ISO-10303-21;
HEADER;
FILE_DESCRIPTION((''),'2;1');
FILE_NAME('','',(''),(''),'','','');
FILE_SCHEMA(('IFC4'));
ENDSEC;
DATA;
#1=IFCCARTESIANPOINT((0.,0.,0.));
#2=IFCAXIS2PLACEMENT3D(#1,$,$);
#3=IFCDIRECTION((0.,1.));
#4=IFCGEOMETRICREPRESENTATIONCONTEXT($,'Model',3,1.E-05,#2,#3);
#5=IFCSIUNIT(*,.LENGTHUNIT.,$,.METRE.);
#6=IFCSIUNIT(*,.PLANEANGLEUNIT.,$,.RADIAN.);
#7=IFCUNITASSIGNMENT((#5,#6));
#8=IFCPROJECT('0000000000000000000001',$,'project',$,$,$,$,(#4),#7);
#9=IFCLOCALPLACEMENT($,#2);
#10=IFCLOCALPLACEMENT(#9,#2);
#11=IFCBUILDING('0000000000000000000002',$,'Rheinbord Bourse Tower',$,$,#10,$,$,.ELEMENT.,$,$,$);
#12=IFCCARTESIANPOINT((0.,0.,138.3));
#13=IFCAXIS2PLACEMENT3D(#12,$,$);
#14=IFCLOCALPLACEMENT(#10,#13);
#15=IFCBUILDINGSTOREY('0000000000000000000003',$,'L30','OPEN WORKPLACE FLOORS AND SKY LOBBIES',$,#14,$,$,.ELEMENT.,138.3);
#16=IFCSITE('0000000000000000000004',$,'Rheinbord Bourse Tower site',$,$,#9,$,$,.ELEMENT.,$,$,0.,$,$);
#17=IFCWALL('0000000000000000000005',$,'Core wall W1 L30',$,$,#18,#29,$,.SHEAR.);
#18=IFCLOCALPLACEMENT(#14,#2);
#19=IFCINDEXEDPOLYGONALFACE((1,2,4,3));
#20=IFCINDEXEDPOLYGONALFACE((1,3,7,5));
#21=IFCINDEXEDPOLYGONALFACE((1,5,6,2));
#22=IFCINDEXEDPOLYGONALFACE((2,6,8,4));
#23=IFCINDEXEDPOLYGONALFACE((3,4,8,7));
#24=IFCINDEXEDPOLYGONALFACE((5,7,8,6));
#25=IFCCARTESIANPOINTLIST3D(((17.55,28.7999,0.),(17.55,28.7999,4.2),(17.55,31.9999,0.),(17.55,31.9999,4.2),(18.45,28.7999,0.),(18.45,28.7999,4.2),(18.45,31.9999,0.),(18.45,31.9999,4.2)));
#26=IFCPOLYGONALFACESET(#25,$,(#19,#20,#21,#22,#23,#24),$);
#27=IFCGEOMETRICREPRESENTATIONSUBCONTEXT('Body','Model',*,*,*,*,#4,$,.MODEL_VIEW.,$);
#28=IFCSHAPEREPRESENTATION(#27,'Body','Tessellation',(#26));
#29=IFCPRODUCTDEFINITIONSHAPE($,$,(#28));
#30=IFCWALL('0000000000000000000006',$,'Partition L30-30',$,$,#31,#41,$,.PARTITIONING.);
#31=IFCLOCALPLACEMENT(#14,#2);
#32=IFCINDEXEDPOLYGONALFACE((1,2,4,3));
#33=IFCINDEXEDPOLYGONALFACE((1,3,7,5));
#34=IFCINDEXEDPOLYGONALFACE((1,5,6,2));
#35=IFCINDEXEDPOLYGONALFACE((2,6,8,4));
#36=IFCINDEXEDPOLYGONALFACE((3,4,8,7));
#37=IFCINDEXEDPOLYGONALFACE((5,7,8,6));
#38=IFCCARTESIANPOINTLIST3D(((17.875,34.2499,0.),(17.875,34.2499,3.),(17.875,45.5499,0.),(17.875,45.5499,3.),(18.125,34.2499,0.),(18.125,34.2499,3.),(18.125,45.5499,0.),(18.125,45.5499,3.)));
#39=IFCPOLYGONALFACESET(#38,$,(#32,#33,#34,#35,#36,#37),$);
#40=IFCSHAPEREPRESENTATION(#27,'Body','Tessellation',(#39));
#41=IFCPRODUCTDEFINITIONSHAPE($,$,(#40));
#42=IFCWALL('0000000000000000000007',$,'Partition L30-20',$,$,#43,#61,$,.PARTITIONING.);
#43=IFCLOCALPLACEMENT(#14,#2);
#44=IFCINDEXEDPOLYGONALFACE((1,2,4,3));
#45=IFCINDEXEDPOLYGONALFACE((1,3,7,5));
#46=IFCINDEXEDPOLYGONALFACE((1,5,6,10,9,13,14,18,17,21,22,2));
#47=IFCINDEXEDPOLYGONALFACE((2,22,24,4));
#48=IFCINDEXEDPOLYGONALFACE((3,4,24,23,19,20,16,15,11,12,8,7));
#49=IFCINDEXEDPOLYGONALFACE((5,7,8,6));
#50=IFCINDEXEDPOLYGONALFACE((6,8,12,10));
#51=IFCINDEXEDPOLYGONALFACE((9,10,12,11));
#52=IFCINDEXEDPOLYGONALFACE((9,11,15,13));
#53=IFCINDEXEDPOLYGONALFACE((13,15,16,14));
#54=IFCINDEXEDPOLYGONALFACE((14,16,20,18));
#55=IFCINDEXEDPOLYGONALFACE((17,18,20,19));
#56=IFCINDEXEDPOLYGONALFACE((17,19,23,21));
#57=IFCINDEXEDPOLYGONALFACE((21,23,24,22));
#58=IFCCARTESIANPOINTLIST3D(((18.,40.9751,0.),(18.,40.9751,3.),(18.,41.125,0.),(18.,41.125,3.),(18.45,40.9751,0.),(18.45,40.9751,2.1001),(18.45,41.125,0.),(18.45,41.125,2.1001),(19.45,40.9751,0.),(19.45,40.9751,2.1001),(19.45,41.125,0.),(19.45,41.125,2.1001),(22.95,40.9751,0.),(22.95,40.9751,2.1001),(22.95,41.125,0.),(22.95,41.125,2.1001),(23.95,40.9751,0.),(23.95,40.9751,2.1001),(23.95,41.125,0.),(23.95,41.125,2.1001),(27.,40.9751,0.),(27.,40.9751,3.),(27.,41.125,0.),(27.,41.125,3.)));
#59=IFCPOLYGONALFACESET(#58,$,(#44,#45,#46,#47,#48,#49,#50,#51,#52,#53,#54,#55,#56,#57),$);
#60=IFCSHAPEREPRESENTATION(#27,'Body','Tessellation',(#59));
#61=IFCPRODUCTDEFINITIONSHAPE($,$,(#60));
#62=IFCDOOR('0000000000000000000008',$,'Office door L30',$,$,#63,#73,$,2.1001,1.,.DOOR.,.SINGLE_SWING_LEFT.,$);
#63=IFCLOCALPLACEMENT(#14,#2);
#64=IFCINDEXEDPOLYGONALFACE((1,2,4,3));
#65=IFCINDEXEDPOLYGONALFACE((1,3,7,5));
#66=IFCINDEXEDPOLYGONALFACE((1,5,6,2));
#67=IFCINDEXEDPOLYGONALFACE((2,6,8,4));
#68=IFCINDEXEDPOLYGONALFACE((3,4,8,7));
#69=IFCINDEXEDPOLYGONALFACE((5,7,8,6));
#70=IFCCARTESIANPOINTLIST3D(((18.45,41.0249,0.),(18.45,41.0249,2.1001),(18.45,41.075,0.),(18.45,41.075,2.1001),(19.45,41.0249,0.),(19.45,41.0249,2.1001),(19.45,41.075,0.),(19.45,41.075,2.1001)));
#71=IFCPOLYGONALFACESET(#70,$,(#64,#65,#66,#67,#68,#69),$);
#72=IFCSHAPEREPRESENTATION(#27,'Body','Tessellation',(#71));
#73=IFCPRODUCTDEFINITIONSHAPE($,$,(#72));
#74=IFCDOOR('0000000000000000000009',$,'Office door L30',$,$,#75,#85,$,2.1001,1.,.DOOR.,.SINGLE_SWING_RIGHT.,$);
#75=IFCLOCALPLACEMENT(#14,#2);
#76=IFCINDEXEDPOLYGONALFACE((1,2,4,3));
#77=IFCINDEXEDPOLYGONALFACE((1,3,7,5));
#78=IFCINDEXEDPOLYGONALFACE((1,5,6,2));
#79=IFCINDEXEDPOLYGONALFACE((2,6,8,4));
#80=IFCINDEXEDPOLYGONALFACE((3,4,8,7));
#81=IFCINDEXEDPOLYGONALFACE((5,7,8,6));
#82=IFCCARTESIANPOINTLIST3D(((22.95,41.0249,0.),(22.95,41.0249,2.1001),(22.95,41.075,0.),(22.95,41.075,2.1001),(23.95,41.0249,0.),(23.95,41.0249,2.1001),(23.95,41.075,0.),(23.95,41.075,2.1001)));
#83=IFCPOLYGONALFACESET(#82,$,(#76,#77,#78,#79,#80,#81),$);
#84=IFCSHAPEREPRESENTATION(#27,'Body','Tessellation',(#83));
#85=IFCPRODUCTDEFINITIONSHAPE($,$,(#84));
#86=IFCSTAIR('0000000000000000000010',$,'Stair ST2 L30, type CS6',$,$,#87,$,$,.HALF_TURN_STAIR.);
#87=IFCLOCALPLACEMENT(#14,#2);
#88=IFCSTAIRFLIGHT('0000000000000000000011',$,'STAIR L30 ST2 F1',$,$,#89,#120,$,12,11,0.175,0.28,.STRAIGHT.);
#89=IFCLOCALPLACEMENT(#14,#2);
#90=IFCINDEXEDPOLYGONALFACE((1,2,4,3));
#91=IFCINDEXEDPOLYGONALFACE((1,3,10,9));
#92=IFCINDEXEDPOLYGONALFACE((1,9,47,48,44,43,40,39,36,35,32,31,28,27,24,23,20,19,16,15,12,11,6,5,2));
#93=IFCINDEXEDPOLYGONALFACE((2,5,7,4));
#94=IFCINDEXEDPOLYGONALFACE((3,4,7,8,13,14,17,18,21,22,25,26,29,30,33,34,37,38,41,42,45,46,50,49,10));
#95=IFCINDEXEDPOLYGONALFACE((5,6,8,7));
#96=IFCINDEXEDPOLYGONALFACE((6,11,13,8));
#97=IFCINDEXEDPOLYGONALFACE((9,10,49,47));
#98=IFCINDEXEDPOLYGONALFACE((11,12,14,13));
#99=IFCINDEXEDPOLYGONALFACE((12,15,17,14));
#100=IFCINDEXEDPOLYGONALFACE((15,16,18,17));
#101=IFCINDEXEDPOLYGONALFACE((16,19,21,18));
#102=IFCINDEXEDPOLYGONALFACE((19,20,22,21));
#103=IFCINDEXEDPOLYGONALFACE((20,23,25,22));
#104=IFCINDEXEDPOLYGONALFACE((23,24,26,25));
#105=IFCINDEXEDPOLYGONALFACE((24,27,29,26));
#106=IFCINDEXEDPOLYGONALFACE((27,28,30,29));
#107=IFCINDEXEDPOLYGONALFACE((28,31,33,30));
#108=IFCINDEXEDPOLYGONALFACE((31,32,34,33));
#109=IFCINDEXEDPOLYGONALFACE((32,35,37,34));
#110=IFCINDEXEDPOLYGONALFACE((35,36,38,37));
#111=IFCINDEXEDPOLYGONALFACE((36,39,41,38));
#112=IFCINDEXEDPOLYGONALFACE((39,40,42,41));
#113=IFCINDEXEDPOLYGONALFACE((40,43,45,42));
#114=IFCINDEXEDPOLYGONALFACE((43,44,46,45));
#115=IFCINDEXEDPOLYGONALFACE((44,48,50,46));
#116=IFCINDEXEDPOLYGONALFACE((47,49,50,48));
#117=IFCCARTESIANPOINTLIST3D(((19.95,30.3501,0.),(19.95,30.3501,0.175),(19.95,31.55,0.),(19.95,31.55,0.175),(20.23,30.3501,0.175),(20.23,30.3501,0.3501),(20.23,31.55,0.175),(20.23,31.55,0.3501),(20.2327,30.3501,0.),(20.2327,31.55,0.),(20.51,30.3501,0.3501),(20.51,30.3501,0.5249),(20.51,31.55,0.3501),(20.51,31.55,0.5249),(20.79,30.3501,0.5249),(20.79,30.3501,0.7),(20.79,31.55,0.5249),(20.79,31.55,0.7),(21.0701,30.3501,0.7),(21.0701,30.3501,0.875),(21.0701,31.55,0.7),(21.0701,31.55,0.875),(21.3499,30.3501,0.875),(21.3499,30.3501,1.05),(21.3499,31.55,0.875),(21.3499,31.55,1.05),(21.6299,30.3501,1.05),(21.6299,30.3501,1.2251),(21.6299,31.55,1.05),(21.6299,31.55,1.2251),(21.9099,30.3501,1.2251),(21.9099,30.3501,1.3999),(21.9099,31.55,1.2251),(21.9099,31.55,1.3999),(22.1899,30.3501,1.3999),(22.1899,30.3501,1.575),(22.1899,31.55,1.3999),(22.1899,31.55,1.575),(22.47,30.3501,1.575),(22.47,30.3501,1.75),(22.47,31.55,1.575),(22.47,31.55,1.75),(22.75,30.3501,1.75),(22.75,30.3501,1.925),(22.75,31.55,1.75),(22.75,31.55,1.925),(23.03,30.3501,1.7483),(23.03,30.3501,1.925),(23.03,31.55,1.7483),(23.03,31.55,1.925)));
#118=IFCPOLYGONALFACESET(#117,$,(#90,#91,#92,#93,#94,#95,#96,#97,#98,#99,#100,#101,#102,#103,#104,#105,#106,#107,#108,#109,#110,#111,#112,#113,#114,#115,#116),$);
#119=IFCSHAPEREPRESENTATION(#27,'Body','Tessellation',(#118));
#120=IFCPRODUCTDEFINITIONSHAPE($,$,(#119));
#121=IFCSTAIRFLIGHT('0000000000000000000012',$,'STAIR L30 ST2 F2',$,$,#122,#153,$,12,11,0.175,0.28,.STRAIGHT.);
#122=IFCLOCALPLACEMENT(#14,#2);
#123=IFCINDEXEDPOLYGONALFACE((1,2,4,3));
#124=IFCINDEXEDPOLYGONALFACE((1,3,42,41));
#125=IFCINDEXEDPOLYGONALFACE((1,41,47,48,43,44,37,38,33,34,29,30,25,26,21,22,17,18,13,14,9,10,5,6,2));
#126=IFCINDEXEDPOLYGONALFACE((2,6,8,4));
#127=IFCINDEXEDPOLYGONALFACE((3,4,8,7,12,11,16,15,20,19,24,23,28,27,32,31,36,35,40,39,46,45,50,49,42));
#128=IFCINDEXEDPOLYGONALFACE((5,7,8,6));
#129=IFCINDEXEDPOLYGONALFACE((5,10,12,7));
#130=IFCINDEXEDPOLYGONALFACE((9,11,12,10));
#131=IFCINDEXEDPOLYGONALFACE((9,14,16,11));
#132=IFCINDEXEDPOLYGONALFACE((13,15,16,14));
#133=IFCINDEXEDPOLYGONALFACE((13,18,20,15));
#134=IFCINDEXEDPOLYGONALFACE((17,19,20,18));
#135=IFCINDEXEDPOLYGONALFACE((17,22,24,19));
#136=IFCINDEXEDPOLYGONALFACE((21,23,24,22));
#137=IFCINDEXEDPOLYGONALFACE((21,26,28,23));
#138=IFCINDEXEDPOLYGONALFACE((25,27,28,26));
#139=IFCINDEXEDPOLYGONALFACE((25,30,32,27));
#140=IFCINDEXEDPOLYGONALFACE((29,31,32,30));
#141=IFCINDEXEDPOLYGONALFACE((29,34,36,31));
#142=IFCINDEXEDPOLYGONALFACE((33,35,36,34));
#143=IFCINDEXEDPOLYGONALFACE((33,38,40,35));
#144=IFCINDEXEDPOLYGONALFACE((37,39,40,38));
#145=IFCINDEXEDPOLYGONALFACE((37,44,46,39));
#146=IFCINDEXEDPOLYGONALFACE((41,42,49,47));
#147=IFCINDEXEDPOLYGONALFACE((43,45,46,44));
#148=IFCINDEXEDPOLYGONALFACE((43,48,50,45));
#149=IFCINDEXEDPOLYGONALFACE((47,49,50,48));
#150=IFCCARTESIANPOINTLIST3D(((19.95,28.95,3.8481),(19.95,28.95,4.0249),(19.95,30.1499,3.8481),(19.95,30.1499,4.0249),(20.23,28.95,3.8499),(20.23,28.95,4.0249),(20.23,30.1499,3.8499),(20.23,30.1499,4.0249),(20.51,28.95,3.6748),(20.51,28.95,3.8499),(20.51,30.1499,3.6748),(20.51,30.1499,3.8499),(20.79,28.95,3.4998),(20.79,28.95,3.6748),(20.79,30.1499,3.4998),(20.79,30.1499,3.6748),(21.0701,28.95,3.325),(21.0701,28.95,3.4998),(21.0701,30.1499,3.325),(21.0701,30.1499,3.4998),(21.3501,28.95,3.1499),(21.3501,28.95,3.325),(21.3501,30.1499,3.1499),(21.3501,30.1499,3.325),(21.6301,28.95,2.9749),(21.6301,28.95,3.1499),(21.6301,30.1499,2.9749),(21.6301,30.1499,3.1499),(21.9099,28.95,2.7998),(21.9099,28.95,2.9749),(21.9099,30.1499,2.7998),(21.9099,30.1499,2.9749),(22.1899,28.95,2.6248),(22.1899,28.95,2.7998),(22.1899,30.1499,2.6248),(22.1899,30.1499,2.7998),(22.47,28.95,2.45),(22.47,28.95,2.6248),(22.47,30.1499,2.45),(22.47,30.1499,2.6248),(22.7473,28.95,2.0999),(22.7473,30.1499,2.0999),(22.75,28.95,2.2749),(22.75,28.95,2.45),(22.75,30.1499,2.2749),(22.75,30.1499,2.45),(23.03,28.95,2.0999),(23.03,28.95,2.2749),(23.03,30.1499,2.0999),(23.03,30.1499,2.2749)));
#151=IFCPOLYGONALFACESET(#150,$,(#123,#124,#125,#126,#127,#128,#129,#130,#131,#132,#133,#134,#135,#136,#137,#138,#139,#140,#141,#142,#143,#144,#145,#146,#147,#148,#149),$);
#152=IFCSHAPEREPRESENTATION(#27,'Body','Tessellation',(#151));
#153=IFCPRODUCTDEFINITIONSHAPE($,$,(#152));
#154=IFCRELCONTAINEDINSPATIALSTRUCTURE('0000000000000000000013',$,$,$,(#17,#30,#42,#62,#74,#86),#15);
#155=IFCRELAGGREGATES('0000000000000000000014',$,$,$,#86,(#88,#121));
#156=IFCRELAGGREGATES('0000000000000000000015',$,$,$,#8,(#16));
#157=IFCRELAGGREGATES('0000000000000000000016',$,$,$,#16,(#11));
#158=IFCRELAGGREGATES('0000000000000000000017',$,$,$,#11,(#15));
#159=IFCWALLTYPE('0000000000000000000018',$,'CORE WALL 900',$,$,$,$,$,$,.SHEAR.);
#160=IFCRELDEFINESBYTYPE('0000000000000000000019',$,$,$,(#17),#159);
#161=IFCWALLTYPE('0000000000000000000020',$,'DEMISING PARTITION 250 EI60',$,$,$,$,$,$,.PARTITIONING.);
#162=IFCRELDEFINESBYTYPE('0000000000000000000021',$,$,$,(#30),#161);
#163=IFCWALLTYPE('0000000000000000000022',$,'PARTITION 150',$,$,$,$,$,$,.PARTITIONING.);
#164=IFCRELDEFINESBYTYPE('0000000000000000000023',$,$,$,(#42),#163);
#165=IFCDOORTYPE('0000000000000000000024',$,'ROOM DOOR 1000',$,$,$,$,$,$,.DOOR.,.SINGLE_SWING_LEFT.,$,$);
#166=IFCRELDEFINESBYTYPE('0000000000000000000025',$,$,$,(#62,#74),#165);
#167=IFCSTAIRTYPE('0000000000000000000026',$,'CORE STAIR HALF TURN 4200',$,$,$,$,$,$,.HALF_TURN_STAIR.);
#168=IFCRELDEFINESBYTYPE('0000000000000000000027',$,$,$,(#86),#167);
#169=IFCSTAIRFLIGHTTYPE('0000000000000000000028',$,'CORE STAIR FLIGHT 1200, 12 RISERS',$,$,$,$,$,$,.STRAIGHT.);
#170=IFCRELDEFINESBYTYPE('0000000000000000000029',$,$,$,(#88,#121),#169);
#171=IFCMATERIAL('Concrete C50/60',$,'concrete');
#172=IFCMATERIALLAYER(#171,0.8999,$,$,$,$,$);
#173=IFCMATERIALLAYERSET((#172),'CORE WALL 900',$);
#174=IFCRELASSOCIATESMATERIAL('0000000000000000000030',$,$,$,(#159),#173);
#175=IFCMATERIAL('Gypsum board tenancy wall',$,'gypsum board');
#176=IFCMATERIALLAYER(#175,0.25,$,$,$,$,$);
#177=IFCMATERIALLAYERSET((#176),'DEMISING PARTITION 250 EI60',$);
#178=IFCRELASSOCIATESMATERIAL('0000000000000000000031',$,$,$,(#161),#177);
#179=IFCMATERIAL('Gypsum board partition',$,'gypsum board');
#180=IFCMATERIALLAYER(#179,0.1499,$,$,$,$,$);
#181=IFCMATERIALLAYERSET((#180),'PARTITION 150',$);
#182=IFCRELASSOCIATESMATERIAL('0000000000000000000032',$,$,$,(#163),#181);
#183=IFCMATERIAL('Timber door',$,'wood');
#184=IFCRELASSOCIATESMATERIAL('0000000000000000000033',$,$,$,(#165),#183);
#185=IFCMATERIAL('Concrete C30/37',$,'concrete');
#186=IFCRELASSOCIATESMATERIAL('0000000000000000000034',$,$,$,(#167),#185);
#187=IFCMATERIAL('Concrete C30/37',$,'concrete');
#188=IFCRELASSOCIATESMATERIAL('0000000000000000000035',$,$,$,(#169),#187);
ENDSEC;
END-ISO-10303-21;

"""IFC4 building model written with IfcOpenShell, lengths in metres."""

from ifc_helpers import new_model, si_unit, direction, frame, frame_2d, origin, place, context, subcontext, project, spatial, polyline, rectangle, outline, extrude, material, layer, layer_set, type_object, element, fill, aggregate, save


model = new_model("IFC4")

# Units and contexts
model_context = context("Model", 3, precision=1e-05, world=origin(), true_north=direction((0.0, 1.0)))
body_context = subcontext(model_context, "Body", "Model", "MODEL_VIEW")
ifc_project = project(units=[si_unit("LENGTHUNIT", "METRE"), si_unit("PLANEANGLEUNIT", "RADIAN")], contexts=[model_context])

# Site, building, storey
site_placement = place(None, origin())
site = spatial("IfcSite", under=ifc_project, at=site_placement, Name="Rheinbord Bourse Tower site", CompositionType="ELEMENT", RefElevation=0.0)
building_placement = place(site_placement, origin())
building = spatial("IfcBuilding", under=site, at=building_placement, Name="Rheinbord Bourse Tower", CompositionType="ELEMENT")
storey_placement = place(building_placement, frame((0.0, 0.0, 138.3)))
storey = spatial("IfcBuildingStorey", under=building, at=storey_placement, Name="L30", Description="OPEN WORKPLACE FLOORS AND SKY LOBBIES", CompositionType="ELEMENT", Elevation=138.3)

# Walls
ifc_material_1 = material(Name="Concrete C50/60", Category="concrete")
ifc_layer_1 = layer(ifc_material_1, 0.8999)
ifc_layer_set_1 = layer_set([ifc_layer_1], Name="CORE WALL 900")
wall_type_1 = type_object("IfcWallType", Name="CORE WALL 900", PredefinedType="SHEAR", material=ifc_layer_set_1)
wall_1_placement = place(storey_placement, frame((18.0, 32.0, 0.0), z_axis=(0.0, 0.0, 1.0), x_axis=(0.0, -1.0, 0.0)))
element("IfcWall", 1, at=wall_1_placement, inside=storey, type_object=wall_type_1, Name="Core wall W1 L30", PredefinedType="SHEAR", context=body_context, shape_type="SweptSolid", body=[
    extrude(rectangle(XDim=3.2, YDim=0.8999, at=frame_2d((1.6001, 0.0))), origin(), (0.0, 0.0, 1.0), 4.2),
])
ifc_material_2 = material(Name="Gypsum board tenancy wall", Category="gypsum board")
ifc_layer_2 = layer(ifc_material_2, 0.25)
ifc_layer_set_2 = layer_set([ifc_layer_2], Name="DEMISING PARTITION 250 EI60")
wall_type_2 = type_object("IfcWallType", Name="DEMISING PARTITION 250 EI60", PredefinedType="PARTITIONING", material=ifc_layer_set_2)
wall_2_placement = place(storey_placement, frame((18.0, 34.25, 0.0), z_axis=(0.0, 0.0, 1.0), x_axis=(0.0, 1.0, 0.0)))
element("IfcWall", 2, at=wall_2_placement, inside=storey, type_object=wall_type_2, Name="Partition L30-30", PredefinedType="PARTITIONING", context=body_context, shape_type="SweptSolid", body=[
    extrude(rectangle(XDim=11.3, YDim=0.25, at=frame_2d((5.6499, 0.0))), origin(), (0.0, 0.0, 1.0), 3.0),
])

# Wall, openings, doors
ifc_material_3 = material(Name="Gypsum board partition", Category="gypsum board")
ifc_layer_3 = layer(ifc_material_3, 0.1499)
ifc_layer_set_3 = layer_set([ifc_layer_3], Name="PARTITION 150")
wall_type_3 = type_object("IfcWallType", Name="PARTITION 150", PredefinedType="PARTITIONING", material=ifc_layer_set_3)
wall_3_placement = place(storey_placement, frame((18.0, 41.05, 0.0), z_axis=(0.0, 0.0, 1.0), x_axis=(1.0, 0.0, 0.0)))
wall_3 = element("IfcWall", 3, at=wall_3_placement, inside=storey, type_object=wall_type_3, Name="Partition L30-20", PredefinedType="PARTITIONING", context=body_context, shape_type="SweptSolid", body=[
    extrude(rectangle(XDim=9.0, YDim=0.1499, at=frame_2d((4.5, 0.0))), origin(), (0.0, 0.0, 1.0), 3.0),
])
opening_1_placement = place(wall_3_placement, frame((0.45, 0.0, 0.0)))
opening_1 = element("IfcOpeningElement", 4, at=opening_1_placement, cuts=wall_3, PredefinedType="OPENING", context=body_context, shape_type="SweptSolid", body=[
    extrude(rectangle(XDim=1.0, YDim=2.1001, at=frame_2d((0.5, 1.05))), frame((0.0, 0.085, 0.0), z_axis=(0.0, -1.0, 0.0), x_axis=(1.0, 0.0, 0.0)), (0.0, 0.0, 1.0), 0.1699),
])
opening_2_placement = place(wall_3_placement, frame((4.95, 0.0, 0.0)))
opening_2 = element("IfcOpeningElement", 5, at=opening_2_placement, cuts=wall_3, PredefinedType="OPENING", context=body_context, shape_type="SweptSolid", body=[
    extrude(rectangle(XDim=1.0, YDim=2.1001, at=frame_2d((0.5, 1.05))), frame((0.0, 0.085, 0.0), z_axis=(0.0, -1.0, 0.0), x_axis=(1.0, 0.0, 0.0)), (0.0, 0.0, 1.0), 0.1699),
])
ifc_material_4 = material(Name="Timber door", Category="wood")
door_type_1 = type_object("IfcDoorType", Name="ROOM DOOR 1000", OperationType="SINGLE_SWING_LEFT", PredefinedType="DOOR", material=ifc_material_4)
door_1_placement = place(opening_1_placement, origin())
door_1 = element("IfcDoor", 6, at=door_1_placement, inside=storey, type_object=door_type_1, Name="Office door L30", OperationType="SINGLE_SWING_LEFT", OverallHeight=2.1001, OverallWidth=1.0, PredefinedType="DOOR", context=body_context, shape_type="SweptSolid", body=[
    extrude(rectangle(XDim=1.0, YDim=2.1001, at=frame_2d((0.5, 1.05))), frame((0.0, 0.0249, 0.0), z_axis=(0.0, -1.0, 0.0), x_axis=(1.0, 0.0, 0.0)), (0.0, 0.0, 1.0), 0.05),
])
fill(opening_1, door_1)
door_2_placement = place(opening_2_placement, origin())
door_2 = element("IfcDoor", 7, at=door_2_placement, inside=storey, type_object=door_type_1, Name="Office door L30", OperationType="SINGLE_SWING_RIGHT", OverallHeight=2.1001, OverallWidth=1.0, PredefinedType="DOOR", context=body_context, shape_type="SweptSolid", body=[
    extrude(rectangle(XDim=1.0, YDim=2.1001, at=frame_2d((0.5, 1.05))), frame((0.0, 0.0249, 0.0), z_axis=(0.0, -1.0, 0.0), x_axis=(1.0, 0.0, 0.0)), (0.0, 0.0, 1.0), 0.05),
])
fill(opening_2, door_2)

# Stair, stair flights
ifc_material_5 = material(Name="Concrete C30/37", Category="concrete")
stair_type = type_object("IfcStairType", Name="CORE STAIR HALF TURN 4200", PredefinedType="HALF_TURN_STAIR", material=ifc_material_5)
stair_placement = place(storey_placement, origin())
stair = element("IfcStair", 8, at=stair_placement, inside=storey, type_object=stair_type, Name="Stair ST2 L30, type CS6", PredefinedType="HALF_TURN_STAIR")
ifc_material_6 = material(Name="Concrete C30/37", Category="concrete")
stair_flight_type = type_object("IfcStairFlightType", Name="CORE STAIR FLIGHT 1200, 12 RISERS", PredefinedType="STRAIGHT", material=ifc_material_6)
stair_flight_1_placement = place(storey_placement, frame((19.95, 30.95, 0.0), z_axis=(0.0, 0.0, 1.0), x_axis=(1.0, 0.0, 0.0)))
stair_flight_1 = element("IfcStairFlight", 9, at=stair_flight_1_placement, type_object=stair_flight_type, Name="STAIR L30 ST2 F1", NumberOfRisers=12, NumberOfTreads=11, PredefinedType="STRAIGHT", RiserHeight=0.175, TreadLength=0.28, context=body_context, shape_type="SweptSolid", body=[
    extrude(outline(polyline([(0.0, 0.0), (0.0, 0.175), (0.28, 0.175), (0.28, 0.3501), (0.5601, 0.3501), (0.5601, 0.5249), (0.8401, 0.5249), (0.8401, 0.7), (1.1201, 0.7), (1.1201, 0.875), (1.3999, 0.875), (1.3999, 1.05), (1.6799, 1.05), (1.6799, 1.2251), (1.96, 1.2251), (1.96, 1.3999), (2.24, 1.3999), (2.24, 1.575), (2.52, 1.575), (2.52, 1.75), (2.8, 1.75), (2.8, 1.925), (3.0801, 1.925), (3.0801, 2.1001), (3.0801, 1.7483), (0.2827, 0.0), (0.0, 0.0)])), frame((0.0, 0.6001, 0.0), z_axis=(0.0, -1.0, 0.0), x_axis=(1.0, 0.0, 0.0)), (0.0, 0.0, 1.0), 1.2),
])
stair_flight_2_placement = place(storey_placement, frame((23.03, 29.55, 2.0999), z_axis=(0.0, 0.0, 1.0), x_axis=(-1.0, 0.0, 0.0)))
stair_flight_2 = element("IfcStairFlight", 10, at=stair_flight_2_placement, type_object=stair_flight_type, Name="STAIR L30 ST2 F2", NumberOfRisers=12, NumberOfTreads=11, PredefinedType="STRAIGHT", RiserHeight=0.175, TreadLength=0.28, context=body_context, shape_type="SweptSolid", body=[
    extrude(outline(polyline([(0.0, 0.0), (0.0, 0.175), (0.28, 0.175), (0.28, 0.3501), (0.5601, 0.3501), (0.5601, 0.5249), (0.8401, 0.5249), (0.8401, 0.7), (1.1201, 0.7), (1.1201, 0.875), (1.3999, 0.875), (1.3999, 1.05), (1.6799, 1.05), (1.6799, 1.2251), (1.96, 1.2251), (1.96, 1.3999), (2.24, 1.3999), (2.24, 1.575), (2.52, 1.575), (2.52, 1.75), (2.8, 1.75), (2.8, 1.925), (3.0801, 1.925), (3.0801, 2.1001), (3.0801, 1.7483), (0.2827, 0.0), (0.0, 0.0)])), frame((0.0, 0.6001, 0.0), z_axis=(0.0, -1.0, 0.0), x_axis=(1.0, 0.0, 0.0)), (0.0, 0.0, 1.0), 1.2),
])
aggregate(stair, [stair_flight_1, stair_flight_2])

save(model, "model.ifc")
